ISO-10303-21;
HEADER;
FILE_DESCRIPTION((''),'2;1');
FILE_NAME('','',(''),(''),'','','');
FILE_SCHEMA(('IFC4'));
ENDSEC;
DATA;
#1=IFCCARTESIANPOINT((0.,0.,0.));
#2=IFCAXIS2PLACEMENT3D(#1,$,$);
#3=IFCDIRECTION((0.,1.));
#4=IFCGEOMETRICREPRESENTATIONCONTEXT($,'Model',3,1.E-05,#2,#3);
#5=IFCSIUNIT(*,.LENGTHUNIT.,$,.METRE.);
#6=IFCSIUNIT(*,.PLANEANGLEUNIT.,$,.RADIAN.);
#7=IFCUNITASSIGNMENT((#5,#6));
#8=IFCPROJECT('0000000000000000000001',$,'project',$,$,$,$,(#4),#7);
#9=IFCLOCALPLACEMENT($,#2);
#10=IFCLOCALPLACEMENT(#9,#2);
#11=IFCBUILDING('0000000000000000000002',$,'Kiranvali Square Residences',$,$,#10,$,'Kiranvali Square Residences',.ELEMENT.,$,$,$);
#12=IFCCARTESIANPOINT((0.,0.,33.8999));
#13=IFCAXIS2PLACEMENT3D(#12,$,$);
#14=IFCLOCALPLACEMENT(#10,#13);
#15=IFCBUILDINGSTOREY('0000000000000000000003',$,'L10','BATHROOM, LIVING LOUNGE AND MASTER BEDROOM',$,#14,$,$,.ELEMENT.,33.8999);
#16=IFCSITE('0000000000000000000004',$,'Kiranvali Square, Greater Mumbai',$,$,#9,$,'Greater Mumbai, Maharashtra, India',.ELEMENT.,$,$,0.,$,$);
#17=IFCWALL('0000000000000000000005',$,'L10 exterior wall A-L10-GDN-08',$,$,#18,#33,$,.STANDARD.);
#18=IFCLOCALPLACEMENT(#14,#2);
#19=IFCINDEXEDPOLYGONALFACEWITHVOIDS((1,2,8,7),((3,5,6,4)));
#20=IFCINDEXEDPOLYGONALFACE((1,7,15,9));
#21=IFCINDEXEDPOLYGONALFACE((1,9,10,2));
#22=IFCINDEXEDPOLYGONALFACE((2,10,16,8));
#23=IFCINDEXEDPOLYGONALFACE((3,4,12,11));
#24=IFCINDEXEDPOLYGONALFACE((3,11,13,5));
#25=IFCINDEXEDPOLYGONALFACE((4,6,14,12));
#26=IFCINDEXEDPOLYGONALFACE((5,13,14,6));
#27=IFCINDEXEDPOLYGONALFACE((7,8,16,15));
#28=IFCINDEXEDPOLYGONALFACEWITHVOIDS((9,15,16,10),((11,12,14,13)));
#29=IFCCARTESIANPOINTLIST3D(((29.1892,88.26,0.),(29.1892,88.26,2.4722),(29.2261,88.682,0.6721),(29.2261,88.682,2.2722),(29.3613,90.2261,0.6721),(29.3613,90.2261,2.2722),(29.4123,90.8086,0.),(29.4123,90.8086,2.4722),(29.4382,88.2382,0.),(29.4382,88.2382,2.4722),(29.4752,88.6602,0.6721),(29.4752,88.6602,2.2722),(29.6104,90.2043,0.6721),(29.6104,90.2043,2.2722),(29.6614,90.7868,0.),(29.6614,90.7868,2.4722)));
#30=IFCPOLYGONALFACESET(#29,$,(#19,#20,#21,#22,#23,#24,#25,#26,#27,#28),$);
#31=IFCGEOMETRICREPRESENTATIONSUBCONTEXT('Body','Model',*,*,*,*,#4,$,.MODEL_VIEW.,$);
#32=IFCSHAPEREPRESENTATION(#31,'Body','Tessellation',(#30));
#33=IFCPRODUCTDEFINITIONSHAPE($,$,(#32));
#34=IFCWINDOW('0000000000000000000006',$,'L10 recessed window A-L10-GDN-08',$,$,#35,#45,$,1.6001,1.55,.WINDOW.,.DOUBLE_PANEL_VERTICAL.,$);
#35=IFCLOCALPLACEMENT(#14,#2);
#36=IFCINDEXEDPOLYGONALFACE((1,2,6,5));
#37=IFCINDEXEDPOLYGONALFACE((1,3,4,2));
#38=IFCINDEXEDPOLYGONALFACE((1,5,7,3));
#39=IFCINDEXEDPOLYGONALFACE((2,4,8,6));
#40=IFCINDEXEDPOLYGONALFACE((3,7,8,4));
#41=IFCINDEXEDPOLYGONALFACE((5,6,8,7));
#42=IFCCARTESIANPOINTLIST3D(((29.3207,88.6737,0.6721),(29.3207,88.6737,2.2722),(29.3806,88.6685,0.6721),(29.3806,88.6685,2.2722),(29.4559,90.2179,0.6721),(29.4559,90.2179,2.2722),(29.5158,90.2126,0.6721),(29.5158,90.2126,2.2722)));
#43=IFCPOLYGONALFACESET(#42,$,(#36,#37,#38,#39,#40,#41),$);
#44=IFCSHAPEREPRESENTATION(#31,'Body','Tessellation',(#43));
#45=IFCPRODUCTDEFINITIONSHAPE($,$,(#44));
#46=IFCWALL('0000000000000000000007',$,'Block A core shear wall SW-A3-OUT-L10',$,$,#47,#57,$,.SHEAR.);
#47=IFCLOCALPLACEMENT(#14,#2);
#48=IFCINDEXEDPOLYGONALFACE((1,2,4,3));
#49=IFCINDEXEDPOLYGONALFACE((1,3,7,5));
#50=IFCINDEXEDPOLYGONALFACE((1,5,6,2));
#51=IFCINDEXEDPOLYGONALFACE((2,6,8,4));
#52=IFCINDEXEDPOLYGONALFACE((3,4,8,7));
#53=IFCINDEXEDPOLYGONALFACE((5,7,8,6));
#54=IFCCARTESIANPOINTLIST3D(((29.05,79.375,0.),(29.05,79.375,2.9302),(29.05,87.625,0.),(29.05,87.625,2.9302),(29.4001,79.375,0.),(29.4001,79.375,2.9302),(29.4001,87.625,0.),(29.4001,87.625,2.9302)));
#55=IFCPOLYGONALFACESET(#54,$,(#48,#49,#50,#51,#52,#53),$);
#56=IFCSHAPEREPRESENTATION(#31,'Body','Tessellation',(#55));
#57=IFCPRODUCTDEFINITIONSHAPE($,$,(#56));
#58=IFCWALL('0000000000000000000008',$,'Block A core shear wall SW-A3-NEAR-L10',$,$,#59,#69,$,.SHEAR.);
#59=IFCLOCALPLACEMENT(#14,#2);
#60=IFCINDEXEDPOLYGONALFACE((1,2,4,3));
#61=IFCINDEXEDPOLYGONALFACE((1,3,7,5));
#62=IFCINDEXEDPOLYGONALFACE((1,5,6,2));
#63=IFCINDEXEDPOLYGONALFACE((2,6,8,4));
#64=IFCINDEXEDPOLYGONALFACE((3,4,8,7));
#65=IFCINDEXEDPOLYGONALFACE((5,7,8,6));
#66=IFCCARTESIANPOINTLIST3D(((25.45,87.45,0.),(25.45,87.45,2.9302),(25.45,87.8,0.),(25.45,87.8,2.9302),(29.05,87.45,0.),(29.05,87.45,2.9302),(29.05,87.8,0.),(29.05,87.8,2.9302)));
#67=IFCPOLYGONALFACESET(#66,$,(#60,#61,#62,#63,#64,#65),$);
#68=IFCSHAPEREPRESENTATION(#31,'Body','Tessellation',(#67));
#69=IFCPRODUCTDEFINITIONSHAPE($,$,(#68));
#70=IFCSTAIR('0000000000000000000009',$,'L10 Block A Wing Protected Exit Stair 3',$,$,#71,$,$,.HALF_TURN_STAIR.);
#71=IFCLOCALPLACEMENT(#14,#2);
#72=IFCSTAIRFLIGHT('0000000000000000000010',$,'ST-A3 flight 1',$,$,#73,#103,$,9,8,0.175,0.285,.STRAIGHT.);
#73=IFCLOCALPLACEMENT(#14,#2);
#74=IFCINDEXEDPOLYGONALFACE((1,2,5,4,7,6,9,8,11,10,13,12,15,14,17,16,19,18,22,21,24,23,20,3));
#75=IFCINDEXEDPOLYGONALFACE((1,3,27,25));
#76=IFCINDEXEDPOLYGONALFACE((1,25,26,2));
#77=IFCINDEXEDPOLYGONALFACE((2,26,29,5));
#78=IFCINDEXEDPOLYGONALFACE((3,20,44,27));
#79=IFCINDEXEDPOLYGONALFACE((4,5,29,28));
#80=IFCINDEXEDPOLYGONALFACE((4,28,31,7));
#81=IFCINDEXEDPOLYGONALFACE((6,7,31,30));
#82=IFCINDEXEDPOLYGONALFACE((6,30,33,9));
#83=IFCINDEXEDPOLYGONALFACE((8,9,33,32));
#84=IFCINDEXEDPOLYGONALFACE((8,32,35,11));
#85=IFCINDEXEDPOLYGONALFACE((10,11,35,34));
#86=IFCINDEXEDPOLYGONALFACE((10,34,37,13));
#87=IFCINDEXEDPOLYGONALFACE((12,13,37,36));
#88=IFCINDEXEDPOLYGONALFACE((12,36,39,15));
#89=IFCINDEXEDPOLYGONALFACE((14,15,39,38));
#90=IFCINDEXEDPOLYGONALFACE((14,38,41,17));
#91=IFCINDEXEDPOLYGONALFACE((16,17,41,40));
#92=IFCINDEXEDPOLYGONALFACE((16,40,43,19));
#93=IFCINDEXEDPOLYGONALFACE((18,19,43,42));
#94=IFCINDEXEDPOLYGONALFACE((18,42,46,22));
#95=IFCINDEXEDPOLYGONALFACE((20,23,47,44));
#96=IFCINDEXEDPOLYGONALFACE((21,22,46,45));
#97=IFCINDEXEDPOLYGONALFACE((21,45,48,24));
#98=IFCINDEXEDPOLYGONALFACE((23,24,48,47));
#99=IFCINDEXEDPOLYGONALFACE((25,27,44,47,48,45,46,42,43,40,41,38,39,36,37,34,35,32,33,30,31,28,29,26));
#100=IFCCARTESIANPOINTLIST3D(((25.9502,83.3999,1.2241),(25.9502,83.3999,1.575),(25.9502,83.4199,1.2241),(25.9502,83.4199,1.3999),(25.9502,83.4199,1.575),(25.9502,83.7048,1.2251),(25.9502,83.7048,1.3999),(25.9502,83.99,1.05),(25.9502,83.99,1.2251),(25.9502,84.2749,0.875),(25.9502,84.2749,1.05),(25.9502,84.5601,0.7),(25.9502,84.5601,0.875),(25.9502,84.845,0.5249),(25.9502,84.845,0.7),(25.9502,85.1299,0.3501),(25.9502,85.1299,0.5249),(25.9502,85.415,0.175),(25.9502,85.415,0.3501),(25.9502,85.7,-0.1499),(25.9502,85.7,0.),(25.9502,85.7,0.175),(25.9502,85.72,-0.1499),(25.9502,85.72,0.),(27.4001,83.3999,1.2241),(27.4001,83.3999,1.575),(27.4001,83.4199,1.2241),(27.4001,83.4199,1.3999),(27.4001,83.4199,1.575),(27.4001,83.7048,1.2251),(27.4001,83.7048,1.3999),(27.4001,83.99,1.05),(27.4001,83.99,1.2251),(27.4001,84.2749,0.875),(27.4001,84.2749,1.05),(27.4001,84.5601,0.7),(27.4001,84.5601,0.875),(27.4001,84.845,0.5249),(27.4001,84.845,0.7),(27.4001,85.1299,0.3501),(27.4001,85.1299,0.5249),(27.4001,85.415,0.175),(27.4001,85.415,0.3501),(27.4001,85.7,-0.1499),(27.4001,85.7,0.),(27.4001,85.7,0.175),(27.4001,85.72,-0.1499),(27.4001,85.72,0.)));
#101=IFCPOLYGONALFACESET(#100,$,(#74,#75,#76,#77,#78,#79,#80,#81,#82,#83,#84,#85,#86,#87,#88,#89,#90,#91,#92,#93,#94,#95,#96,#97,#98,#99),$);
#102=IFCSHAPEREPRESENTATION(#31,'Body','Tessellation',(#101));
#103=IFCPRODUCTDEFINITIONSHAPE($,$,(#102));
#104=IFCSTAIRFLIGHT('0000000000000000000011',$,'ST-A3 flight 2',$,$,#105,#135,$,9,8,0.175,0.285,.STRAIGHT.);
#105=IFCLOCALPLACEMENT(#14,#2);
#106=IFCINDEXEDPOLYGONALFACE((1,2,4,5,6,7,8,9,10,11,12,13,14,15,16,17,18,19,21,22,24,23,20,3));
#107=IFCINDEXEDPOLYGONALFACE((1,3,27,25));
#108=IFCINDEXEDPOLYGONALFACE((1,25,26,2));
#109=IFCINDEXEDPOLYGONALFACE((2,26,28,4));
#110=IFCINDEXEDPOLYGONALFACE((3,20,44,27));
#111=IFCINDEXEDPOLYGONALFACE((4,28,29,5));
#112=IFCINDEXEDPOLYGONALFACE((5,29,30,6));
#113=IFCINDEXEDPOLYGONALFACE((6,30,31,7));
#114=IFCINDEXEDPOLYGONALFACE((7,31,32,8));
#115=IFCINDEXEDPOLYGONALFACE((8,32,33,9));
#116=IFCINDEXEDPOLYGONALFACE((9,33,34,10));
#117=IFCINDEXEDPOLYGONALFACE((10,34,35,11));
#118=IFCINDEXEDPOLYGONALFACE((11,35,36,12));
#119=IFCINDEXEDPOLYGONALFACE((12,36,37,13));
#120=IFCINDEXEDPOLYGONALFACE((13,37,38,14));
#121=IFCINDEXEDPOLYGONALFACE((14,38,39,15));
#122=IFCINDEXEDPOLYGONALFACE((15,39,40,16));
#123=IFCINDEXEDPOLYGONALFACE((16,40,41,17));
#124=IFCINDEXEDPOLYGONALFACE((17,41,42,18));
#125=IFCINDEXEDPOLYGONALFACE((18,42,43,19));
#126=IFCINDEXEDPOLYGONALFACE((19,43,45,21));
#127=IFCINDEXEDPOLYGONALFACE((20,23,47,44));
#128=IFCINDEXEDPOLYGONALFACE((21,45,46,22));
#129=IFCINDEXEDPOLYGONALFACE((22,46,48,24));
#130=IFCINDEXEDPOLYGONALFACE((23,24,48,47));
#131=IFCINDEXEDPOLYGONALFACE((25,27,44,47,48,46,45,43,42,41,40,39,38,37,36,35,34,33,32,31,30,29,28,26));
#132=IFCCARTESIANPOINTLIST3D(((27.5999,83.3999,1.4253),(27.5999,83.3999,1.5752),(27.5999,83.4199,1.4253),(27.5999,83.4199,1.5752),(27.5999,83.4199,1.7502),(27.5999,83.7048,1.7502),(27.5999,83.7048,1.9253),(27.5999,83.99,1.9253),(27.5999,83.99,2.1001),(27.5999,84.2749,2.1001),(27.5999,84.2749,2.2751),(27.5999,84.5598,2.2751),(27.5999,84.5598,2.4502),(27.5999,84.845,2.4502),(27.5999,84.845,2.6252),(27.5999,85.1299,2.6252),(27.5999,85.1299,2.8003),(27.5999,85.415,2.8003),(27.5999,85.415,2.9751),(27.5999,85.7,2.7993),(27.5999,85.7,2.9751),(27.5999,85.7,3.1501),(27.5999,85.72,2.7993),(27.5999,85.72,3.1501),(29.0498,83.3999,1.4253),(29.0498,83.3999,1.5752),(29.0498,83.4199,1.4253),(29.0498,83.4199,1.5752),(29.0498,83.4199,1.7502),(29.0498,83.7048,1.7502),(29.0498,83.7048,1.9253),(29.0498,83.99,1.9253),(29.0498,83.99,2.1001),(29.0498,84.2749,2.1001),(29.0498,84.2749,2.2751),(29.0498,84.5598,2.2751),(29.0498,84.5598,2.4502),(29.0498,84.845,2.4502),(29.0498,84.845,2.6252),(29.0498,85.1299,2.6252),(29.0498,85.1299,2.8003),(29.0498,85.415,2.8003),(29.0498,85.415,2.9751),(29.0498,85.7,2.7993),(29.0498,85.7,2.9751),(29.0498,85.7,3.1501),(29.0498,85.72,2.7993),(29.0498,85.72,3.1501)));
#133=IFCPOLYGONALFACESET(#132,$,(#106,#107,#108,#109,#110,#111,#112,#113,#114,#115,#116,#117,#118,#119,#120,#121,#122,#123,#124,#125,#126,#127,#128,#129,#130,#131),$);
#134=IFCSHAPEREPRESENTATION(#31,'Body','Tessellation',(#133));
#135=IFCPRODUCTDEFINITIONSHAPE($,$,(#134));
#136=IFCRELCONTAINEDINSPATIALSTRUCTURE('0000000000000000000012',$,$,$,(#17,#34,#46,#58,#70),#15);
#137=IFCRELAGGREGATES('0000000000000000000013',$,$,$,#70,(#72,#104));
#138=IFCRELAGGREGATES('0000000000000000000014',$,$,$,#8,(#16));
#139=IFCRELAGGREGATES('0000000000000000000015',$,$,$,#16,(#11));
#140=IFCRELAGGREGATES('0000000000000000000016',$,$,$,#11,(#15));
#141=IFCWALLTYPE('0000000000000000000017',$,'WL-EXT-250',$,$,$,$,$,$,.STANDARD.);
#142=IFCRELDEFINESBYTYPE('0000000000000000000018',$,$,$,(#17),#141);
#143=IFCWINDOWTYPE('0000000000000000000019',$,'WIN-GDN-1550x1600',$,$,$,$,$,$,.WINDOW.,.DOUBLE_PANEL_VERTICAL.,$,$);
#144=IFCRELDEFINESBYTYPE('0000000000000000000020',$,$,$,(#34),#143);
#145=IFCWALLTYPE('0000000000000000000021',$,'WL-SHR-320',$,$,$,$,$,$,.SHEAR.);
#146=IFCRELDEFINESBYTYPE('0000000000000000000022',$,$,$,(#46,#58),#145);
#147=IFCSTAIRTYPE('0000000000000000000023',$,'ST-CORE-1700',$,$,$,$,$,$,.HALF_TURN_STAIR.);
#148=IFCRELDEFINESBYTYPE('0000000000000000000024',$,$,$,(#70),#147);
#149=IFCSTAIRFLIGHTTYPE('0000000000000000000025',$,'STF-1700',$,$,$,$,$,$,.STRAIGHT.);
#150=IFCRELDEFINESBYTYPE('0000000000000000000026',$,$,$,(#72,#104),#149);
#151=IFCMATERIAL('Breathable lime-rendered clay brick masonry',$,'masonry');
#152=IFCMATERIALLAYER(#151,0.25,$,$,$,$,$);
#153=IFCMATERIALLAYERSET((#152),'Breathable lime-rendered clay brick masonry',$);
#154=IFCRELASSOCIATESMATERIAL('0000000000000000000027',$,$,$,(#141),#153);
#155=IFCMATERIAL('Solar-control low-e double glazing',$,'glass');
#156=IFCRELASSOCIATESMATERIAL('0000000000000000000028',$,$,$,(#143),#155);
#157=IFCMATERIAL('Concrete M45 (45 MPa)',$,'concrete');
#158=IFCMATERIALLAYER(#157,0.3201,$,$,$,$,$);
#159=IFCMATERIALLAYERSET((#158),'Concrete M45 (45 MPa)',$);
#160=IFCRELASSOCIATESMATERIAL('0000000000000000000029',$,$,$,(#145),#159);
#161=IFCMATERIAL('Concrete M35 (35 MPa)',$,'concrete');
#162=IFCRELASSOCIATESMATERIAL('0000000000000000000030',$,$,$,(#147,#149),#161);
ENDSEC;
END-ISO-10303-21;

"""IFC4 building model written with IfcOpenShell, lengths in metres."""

from ifc_helpers import new_model, si_unit, direction, frame, frame_2d, origin, place, context, subcontext, project, spatial, polyline, rectangle, outline, extrude, material, layer, layer_set, type_object, element, fill, aggregate, save


model = new_model("IFC4")

# Units and contexts
model_context = context("Model", 3, precision=1e-05, world=origin(), true_north=direction((0.0, 1.0)))
body_context = subcontext(model_context, "Body", "Model", "MODEL_VIEW")
ifc_project = project(units=[si_unit("LENGTHUNIT", "METRE"), si_unit("PLANEANGLEUNIT", "RADIAN")], contexts=[model_context])

# Site, building, storey
site_placement = place(None, origin())
site = spatial("IfcSite", under=ifc_project, at=site_placement, Name="Kiranvali Square, Greater Mumbai", LongName="Greater Mumbai, Maharashtra, India", CompositionType="ELEMENT", RefElevation=0.0)
building_placement = place(site_placement, origin())
building = spatial("IfcBuilding", under=site, at=building_placement, Name="Kiranvali Square Residences", LongName="Kiranvali Square Residences", CompositionType="ELEMENT")
storey_placement = place(building_placement, frame((0.0, 0.0, 33.8999)))
storey = spatial("IfcBuildingStorey", under=building, at=storey_placement, Name="L10", Description="BATHROOM, LIVING LOUNGE AND MASTER BEDROOM", CompositionType="ELEMENT", Elevation=33.8999)

# Shared definitions
ifc_material_1 = material(Name="Concrete M45 (45 MPa)", Category="concrete")

# Wall, opening, window
ifc_material_2 = material(Name="Breathable lime-rendered clay brick masonry", Category="masonry")
ifc_layer_1 = layer(ifc_material_2, 0.25)
ifc_layer_set_1 = layer_set([ifc_layer_1], Name="Breathable lime-rendered clay brick masonry")
wall_type_1 = type_object("IfcWallType", Name="WL-EXT-250", PredefinedType="STANDARD", material=ifc_layer_set_1)
wall_1_placement = place(storey_placement, frame((29.5369, 90.7979, 0.0), z_axis=(0.0, 0.0, 1.0), x_axis=(-0.087223, -0.996189, 0.0)))
wall_1 = element("IfcWall", 1, at=wall_1_placement, inside=storey, type_object=wall_type_1, Name="L10 exterior wall A-L10-GDN-08", PredefinedType="STANDARD", context=body_context, shape_type="SweptSolid", body=[
    extrude(rectangle(XDim=2.5583, YDim=0.25, at=frame_2d((1.2793, 0.0))), origin(), (0.0, 0.0, 1.0), 2.4722),
])
opening_1_placement = place(wall_1_placement, frame((0.585, 0.0, 0.6721)))
opening_1 = element("IfcOpeningElement", 2, at=opening_1_placement, cuts=wall_1, PredefinedType="OPENING", context=body_context, shape_type="SweptSolid", body=[
    extrude(rectangle(XDim=1.55, YDim=1.6001, at=frame_2d((0.7749, 0.8))), frame((0.0, 0.135, 0.0), z_axis=(0.0, -1.0, 0.0), x_axis=(1.0, 0.0, 0.0)), (0.0, 0.0, 1.0), 0.27),
])
ifc_material_3 = material(Name="Solar-control low-e double glazing", Category="glass")
window_type = type_object("IfcWindowType", Name="WIN-GDN-1550x1600", PartitioningType="DOUBLE_PANEL_VERTICAL", PredefinedType="WINDOW", material=ifc_material_3)
window_placement = place(opening_1_placement, origin())
window = element("IfcWindow", 3, at=window_placement, inside=storey, type_object=window_type, Name="L10 recessed window A-L10-GDN-08", OverallHeight=1.6001, OverallWidth=1.55, PartitioningType="DOUBLE_PANEL_VERTICAL", PredefinedType="WINDOW", context=body_context, shape_type="SweptSolid", body=[
    extrude(rectangle(XDim=1.55, YDim=1.6001, at=frame_2d((0.7749, 0.8))), frame((0.0, 0.03, 0.0), z_axis=(0.0, -1.0, 0.0), x_axis=(1.0, 0.0, 0.0)), (0.0, 0.0, 1.0), 0.0601),
])
fill(opening_1, window)

# Wall
ifc_layer_2 = layer(ifc_material_1, 0.3201)
ifc_layer_set_2 = layer_set([ifc_layer_2], Name="Concrete M45 (45 MPa)")
wall_type_2 = type_object("IfcWallType", Name="WL-SHR-320", PredefinedType="SHEAR", material=ifc_layer_set_2)
wall_2_placement = place(storey_placement, frame((29.2251, 87.625, 0.0), z_axis=(0.0, 0.0, 1.0), x_axis=(0.0, -1.0, 0.0)))
element("IfcWall", 4, at=wall_2_placement, inside=storey, type_object=wall_type_2, Name="Block A core shear wall SW-A3-OUT-L10", PredefinedType="SHEAR", context=body_context, shape_type="SweptSolid", body=[
    extrude(rectangle(XDim=8.25, YDim=0.3501, at=frame_2d((4.125, 0.0))), origin(), (0.0, 0.0, 1.0), 2.9302),
])

# Wall
wall_3_placement = place(storey_placement, frame((29.05, 87.625, 0.0), z_axis=(0.0, 0.0, 1.0), x_axis=(-1.0, 0.0, 0.0)))
element("IfcWall", 5, at=wall_3_placement, inside=storey, type_object=wall_type_2, Name="Block A core shear wall SW-A3-NEAR-L10", PredefinedType="SHEAR", context=body_context, shape_type="SweptSolid", body=[
    extrude(rectangle(XDim=3.6001, YDim=0.3501, at=frame_2d((1.8, 0.0))), origin(), (0.0, 0.0, 1.0), 2.9302),
])

# Stair, stair flights
ifc_material_4 = material(Name="Concrete M35 (35 MPa)", Category="concrete")
stair_type = type_object("IfcStairType", Name="ST-CORE-1700", PredefinedType="HALF_TURN_STAIR", material=ifc_material_4)
stair_placement = place(storey_placement, origin())
stair = element("IfcStair", 6, at=stair_placement, inside=storey, type_object=stair_type, Name="L10 Block A Wing Protected Exit Stair 3", PredefinedType="HALF_TURN_STAIR")
stair_flight_type = type_object("IfcStairFlightType", Name="STF-1700", PredefinedType="STRAIGHT", material=ifc_material_4)
stair_flight_1_placement = place(storey_placement, frame((26.675, 85.7, 0.0), z_axis=(0.0, 0.0, 1.0), x_axis=(0.0, -1.0, 0.0)))
stair_flight_1 = element("IfcStairFlight", 7, at=stair_flight_1_placement, type_object=stair_flight_type, Name="ST-A3 flight 1", NumberOfRisers=9, NumberOfTreads=8, PredefinedType="STRAIGHT", RiserHeight=0.175, TreadLength=0.285, context=body_context, shape_type="SweptSolid", body=[
    extrude(outline(polyline([(-0.02, -0.1499), (-0.02, 0.0), (0.0, 0.0), (0.0, 0.175), (0.2849, 0.175), (0.2849, 0.3501), (0.5701, 0.3501), (0.5701, 0.5249), (0.855, 0.5249), (0.855, 0.7), (1.1399, 0.7), (1.1399, 0.875), (1.425, 0.875), (1.425, 1.05), (1.71, 1.05), (1.71, 1.2251), (1.9951, 1.2251), (1.9951, 1.3999), (2.28, 1.3999), (2.28, 1.575), (2.3, 1.575), (2.3, 1.2241), (2.28, 1.2241), (0.0, -0.1499), (-0.02, -0.1499)])), frame((0.0, 0.7251, 0.0), z_axis=(0.0, -1.0, 0.0), x_axis=(1.0, 0.0, 0.0)), (0.0, 0.0, 1.0), 1.45),
])
stair_flight_2_placement = place(storey_placement, frame((28.325, 83.4199, 1.5752), z_axis=(0.0, 0.0, 1.0), x_axis=(0.0, 1.0, 0.0)))
stair_flight_2 = element("IfcStairFlight", 8, at=stair_flight_2_placement, type_object=stair_flight_type, Name="ST-A3 flight 2", NumberOfRisers=9, NumberOfTreads=8, PredefinedType="STRAIGHT", RiserHeight=0.175, TreadLength=0.285, context=body_context, shape_type="SweptSolid", body=[
    extrude(outline(polyline([(-0.02, -0.1499), (-0.02, 0.0), (0.0, 0.0), (0.0, 0.175), (0.2849, 0.175), (0.2849, 0.3501), (0.5701, 0.3501), (0.5701, 0.5249), (0.855, 0.5249), (0.855, 0.7), (1.1399, 0.7), (1.1399, 0.875), (1.425, 0.875), (1.425, 1.05), (1.71, 1.05), (1.71, 1.2251), (1.9951, 1.2251), (1.9951, 1.3999), (2.28, 1.3999), (2.28, 1.575), (2.3, 1.575), (2.3, 1.2241), (2.28, 1.2241), (0.0, -0.1499), (-0.02, -0.1499)])), frame((0.0, 0.7251, 0.0), z_axis=(0.0, -1.0, 0.0), x_axis=(1.0, 0.0, 0.0)), (0.0, 0.0, 1.0), 1.45),
])
aggregate(stair, [stair_flight_1, stair_flight_2])

save(model, "model.ifc")
